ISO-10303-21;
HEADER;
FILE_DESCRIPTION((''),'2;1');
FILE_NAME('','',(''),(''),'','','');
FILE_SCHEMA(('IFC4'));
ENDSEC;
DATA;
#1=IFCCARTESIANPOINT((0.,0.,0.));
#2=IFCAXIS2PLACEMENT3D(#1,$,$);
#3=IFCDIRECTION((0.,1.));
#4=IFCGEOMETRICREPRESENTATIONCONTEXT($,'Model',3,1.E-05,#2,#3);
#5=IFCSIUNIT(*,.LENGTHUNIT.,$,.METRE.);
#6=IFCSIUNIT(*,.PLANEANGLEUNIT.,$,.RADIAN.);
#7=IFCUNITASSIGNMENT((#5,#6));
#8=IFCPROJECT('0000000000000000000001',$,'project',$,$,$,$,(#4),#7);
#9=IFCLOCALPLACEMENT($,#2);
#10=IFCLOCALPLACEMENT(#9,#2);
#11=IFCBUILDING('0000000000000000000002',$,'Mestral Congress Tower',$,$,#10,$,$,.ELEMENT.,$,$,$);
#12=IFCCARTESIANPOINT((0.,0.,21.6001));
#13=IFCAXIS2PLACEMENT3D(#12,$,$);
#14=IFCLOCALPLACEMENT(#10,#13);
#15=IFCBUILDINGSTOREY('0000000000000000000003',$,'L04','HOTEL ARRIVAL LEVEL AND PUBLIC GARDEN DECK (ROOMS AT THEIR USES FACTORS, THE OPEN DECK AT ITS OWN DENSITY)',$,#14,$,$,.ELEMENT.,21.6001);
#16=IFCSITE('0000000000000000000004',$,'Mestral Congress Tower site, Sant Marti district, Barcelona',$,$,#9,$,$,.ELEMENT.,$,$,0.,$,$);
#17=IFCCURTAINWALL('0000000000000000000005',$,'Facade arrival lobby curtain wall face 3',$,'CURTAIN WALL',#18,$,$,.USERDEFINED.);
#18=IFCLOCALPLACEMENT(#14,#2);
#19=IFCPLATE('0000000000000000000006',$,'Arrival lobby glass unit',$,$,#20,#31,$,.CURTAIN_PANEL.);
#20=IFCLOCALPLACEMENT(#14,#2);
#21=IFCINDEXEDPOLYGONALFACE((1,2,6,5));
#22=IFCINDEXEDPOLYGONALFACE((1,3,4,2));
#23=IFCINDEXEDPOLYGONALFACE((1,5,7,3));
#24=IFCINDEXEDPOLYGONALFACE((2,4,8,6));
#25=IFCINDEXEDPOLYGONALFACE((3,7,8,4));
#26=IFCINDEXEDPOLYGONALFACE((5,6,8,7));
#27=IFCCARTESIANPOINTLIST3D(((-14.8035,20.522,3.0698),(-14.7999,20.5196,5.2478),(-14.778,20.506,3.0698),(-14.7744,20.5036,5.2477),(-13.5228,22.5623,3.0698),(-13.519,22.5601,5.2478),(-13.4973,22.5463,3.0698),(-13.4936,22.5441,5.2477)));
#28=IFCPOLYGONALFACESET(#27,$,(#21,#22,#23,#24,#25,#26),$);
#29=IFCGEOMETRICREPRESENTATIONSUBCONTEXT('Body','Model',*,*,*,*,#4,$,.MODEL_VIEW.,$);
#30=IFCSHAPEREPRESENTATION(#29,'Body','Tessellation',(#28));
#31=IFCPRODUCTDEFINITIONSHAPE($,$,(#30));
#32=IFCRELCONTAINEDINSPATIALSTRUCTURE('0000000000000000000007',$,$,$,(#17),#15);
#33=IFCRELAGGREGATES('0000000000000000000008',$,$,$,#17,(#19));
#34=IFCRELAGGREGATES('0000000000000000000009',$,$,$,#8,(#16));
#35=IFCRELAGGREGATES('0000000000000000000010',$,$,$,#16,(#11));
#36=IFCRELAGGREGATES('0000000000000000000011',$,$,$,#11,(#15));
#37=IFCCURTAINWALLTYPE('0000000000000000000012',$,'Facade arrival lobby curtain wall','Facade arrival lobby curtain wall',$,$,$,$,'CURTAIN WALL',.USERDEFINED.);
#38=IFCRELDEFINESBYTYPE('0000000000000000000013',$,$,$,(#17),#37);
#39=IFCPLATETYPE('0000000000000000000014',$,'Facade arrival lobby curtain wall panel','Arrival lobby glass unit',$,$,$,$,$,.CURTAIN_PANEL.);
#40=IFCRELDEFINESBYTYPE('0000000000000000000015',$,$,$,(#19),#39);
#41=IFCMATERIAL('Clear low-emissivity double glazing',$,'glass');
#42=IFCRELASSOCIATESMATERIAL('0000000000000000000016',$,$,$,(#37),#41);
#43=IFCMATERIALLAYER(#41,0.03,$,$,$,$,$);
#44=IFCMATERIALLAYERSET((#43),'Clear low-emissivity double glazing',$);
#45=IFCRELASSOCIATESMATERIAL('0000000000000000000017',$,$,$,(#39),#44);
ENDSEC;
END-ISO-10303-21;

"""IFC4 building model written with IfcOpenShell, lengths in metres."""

from ifc_helpers import new_model, si_unit, direction, frame, origin, place, context, subcontext, project, spatial, polyline, outline, extrude, material, layer, layer_set, type_object, element, aggregate, save


model = new_model("IFC4")

# Units and contexts
model_context = context("Model", 3, precision=1e-05, world=origin(), true_north=direction((0.0, 1.0)))
body_context = subcontext(model_context, "Body", "Model", "MODEL_VIEW")
ifc_project = project(units=[si_unit("LENGTHUNIT", "METRE"), si_unit("PLANEANGLEUNIT", "RADIAN")], contexts=[model_context])

# Site, building, storey
site_placement = place(None, origin())
site = spatial("IfcSite", under=ifc_project, at=site_placement, Name="Mestral Congress Tower site, Sant Marti district, Barcelona", CompositionType="ELEMENT", RefElevation=0.0)
building_placement = place(site_placement, origin())
building = spatial("IfcBuilding", under=site, at=building_placement, Name="Mestral Congress Tower", CompositionType="ELEMENT")
storey_placement = place(building_placement, frame((0.0, 0.0, 21.6001)))
storey = spatial("IfcBuildingStorey", under=building, at=storey_placement, Name="L04", Description="HOTEL ARRIVAL LEVEL AND PUBLIC GARDEN DECK (ROOMS AT THEIR USES FACTORS, THE OPEN DECK AT ITS OWN DENSITY)", CompositionType="ELEMENT", Elevation=21.6001)

# Curtain wall
ifc_material_1 = material(Name="Clear low-emissivity double glazing", Category="glass")
curtain_wall_type = type_object("IfcCurtainWallType", Name="Facade arrival lobby curtain wall", Description="Facade arrival lobby curtain wall", ElementType="CURTAIN WALL", PredefinedType="USERDEFINED", material=ifc_material_1)
curtain_wall_placement = place(storey_placement, origin())
curtain_wall = element("IfcCurtainWall", 1, at=curtain_wall_placement, inside=storey, type_object=curtain_wall_type, Name="Facade arrival lobby curtain wall face 3", ObjectType="CURTAIN WALL", PredefinedType="USERDEFINED")

# Plate
ifc_layer = layer(ifc_material_1, 0.03)
ifc_layer_set = layer_set([ifc_layer], Name="Clear low-emissivity double glazing")
plate_type = type_object("IfcPlateType", Name="Facade arrival lobby curtain wall panel", Description="Arrival lobby glass unit", PredefinedType="CURTAIN_PANEL", material=ifc_layer_set)
plate_1_placement = place(storey_placement, frame((-14.8035, 20.522, 3.0698), z_axis=(-0.846967, 0.531641, 0.00199), x_axis=(0.531642, 0.846969, 0.0)))
plate_1 = element("IfcPlate", 2, at=plate_1_placement, type_object=plate_type, Name="Arrival lobby glass unit", PredefinedType="CURTAIN_PANEL", context=body_context, shape_type="SweptSolid", body=[
    extrude(outline(polyline([(0.0, 0.0), (2.409, 0.0), (2.409, -2.178), (-0.0001, -2.178), (0.0, 0.0)])), origin(), (0.0, 0.0, -1.0), 0.03),
])
aggregate(curtain_wall, [plate_1])

save(model, "model.ifc")
